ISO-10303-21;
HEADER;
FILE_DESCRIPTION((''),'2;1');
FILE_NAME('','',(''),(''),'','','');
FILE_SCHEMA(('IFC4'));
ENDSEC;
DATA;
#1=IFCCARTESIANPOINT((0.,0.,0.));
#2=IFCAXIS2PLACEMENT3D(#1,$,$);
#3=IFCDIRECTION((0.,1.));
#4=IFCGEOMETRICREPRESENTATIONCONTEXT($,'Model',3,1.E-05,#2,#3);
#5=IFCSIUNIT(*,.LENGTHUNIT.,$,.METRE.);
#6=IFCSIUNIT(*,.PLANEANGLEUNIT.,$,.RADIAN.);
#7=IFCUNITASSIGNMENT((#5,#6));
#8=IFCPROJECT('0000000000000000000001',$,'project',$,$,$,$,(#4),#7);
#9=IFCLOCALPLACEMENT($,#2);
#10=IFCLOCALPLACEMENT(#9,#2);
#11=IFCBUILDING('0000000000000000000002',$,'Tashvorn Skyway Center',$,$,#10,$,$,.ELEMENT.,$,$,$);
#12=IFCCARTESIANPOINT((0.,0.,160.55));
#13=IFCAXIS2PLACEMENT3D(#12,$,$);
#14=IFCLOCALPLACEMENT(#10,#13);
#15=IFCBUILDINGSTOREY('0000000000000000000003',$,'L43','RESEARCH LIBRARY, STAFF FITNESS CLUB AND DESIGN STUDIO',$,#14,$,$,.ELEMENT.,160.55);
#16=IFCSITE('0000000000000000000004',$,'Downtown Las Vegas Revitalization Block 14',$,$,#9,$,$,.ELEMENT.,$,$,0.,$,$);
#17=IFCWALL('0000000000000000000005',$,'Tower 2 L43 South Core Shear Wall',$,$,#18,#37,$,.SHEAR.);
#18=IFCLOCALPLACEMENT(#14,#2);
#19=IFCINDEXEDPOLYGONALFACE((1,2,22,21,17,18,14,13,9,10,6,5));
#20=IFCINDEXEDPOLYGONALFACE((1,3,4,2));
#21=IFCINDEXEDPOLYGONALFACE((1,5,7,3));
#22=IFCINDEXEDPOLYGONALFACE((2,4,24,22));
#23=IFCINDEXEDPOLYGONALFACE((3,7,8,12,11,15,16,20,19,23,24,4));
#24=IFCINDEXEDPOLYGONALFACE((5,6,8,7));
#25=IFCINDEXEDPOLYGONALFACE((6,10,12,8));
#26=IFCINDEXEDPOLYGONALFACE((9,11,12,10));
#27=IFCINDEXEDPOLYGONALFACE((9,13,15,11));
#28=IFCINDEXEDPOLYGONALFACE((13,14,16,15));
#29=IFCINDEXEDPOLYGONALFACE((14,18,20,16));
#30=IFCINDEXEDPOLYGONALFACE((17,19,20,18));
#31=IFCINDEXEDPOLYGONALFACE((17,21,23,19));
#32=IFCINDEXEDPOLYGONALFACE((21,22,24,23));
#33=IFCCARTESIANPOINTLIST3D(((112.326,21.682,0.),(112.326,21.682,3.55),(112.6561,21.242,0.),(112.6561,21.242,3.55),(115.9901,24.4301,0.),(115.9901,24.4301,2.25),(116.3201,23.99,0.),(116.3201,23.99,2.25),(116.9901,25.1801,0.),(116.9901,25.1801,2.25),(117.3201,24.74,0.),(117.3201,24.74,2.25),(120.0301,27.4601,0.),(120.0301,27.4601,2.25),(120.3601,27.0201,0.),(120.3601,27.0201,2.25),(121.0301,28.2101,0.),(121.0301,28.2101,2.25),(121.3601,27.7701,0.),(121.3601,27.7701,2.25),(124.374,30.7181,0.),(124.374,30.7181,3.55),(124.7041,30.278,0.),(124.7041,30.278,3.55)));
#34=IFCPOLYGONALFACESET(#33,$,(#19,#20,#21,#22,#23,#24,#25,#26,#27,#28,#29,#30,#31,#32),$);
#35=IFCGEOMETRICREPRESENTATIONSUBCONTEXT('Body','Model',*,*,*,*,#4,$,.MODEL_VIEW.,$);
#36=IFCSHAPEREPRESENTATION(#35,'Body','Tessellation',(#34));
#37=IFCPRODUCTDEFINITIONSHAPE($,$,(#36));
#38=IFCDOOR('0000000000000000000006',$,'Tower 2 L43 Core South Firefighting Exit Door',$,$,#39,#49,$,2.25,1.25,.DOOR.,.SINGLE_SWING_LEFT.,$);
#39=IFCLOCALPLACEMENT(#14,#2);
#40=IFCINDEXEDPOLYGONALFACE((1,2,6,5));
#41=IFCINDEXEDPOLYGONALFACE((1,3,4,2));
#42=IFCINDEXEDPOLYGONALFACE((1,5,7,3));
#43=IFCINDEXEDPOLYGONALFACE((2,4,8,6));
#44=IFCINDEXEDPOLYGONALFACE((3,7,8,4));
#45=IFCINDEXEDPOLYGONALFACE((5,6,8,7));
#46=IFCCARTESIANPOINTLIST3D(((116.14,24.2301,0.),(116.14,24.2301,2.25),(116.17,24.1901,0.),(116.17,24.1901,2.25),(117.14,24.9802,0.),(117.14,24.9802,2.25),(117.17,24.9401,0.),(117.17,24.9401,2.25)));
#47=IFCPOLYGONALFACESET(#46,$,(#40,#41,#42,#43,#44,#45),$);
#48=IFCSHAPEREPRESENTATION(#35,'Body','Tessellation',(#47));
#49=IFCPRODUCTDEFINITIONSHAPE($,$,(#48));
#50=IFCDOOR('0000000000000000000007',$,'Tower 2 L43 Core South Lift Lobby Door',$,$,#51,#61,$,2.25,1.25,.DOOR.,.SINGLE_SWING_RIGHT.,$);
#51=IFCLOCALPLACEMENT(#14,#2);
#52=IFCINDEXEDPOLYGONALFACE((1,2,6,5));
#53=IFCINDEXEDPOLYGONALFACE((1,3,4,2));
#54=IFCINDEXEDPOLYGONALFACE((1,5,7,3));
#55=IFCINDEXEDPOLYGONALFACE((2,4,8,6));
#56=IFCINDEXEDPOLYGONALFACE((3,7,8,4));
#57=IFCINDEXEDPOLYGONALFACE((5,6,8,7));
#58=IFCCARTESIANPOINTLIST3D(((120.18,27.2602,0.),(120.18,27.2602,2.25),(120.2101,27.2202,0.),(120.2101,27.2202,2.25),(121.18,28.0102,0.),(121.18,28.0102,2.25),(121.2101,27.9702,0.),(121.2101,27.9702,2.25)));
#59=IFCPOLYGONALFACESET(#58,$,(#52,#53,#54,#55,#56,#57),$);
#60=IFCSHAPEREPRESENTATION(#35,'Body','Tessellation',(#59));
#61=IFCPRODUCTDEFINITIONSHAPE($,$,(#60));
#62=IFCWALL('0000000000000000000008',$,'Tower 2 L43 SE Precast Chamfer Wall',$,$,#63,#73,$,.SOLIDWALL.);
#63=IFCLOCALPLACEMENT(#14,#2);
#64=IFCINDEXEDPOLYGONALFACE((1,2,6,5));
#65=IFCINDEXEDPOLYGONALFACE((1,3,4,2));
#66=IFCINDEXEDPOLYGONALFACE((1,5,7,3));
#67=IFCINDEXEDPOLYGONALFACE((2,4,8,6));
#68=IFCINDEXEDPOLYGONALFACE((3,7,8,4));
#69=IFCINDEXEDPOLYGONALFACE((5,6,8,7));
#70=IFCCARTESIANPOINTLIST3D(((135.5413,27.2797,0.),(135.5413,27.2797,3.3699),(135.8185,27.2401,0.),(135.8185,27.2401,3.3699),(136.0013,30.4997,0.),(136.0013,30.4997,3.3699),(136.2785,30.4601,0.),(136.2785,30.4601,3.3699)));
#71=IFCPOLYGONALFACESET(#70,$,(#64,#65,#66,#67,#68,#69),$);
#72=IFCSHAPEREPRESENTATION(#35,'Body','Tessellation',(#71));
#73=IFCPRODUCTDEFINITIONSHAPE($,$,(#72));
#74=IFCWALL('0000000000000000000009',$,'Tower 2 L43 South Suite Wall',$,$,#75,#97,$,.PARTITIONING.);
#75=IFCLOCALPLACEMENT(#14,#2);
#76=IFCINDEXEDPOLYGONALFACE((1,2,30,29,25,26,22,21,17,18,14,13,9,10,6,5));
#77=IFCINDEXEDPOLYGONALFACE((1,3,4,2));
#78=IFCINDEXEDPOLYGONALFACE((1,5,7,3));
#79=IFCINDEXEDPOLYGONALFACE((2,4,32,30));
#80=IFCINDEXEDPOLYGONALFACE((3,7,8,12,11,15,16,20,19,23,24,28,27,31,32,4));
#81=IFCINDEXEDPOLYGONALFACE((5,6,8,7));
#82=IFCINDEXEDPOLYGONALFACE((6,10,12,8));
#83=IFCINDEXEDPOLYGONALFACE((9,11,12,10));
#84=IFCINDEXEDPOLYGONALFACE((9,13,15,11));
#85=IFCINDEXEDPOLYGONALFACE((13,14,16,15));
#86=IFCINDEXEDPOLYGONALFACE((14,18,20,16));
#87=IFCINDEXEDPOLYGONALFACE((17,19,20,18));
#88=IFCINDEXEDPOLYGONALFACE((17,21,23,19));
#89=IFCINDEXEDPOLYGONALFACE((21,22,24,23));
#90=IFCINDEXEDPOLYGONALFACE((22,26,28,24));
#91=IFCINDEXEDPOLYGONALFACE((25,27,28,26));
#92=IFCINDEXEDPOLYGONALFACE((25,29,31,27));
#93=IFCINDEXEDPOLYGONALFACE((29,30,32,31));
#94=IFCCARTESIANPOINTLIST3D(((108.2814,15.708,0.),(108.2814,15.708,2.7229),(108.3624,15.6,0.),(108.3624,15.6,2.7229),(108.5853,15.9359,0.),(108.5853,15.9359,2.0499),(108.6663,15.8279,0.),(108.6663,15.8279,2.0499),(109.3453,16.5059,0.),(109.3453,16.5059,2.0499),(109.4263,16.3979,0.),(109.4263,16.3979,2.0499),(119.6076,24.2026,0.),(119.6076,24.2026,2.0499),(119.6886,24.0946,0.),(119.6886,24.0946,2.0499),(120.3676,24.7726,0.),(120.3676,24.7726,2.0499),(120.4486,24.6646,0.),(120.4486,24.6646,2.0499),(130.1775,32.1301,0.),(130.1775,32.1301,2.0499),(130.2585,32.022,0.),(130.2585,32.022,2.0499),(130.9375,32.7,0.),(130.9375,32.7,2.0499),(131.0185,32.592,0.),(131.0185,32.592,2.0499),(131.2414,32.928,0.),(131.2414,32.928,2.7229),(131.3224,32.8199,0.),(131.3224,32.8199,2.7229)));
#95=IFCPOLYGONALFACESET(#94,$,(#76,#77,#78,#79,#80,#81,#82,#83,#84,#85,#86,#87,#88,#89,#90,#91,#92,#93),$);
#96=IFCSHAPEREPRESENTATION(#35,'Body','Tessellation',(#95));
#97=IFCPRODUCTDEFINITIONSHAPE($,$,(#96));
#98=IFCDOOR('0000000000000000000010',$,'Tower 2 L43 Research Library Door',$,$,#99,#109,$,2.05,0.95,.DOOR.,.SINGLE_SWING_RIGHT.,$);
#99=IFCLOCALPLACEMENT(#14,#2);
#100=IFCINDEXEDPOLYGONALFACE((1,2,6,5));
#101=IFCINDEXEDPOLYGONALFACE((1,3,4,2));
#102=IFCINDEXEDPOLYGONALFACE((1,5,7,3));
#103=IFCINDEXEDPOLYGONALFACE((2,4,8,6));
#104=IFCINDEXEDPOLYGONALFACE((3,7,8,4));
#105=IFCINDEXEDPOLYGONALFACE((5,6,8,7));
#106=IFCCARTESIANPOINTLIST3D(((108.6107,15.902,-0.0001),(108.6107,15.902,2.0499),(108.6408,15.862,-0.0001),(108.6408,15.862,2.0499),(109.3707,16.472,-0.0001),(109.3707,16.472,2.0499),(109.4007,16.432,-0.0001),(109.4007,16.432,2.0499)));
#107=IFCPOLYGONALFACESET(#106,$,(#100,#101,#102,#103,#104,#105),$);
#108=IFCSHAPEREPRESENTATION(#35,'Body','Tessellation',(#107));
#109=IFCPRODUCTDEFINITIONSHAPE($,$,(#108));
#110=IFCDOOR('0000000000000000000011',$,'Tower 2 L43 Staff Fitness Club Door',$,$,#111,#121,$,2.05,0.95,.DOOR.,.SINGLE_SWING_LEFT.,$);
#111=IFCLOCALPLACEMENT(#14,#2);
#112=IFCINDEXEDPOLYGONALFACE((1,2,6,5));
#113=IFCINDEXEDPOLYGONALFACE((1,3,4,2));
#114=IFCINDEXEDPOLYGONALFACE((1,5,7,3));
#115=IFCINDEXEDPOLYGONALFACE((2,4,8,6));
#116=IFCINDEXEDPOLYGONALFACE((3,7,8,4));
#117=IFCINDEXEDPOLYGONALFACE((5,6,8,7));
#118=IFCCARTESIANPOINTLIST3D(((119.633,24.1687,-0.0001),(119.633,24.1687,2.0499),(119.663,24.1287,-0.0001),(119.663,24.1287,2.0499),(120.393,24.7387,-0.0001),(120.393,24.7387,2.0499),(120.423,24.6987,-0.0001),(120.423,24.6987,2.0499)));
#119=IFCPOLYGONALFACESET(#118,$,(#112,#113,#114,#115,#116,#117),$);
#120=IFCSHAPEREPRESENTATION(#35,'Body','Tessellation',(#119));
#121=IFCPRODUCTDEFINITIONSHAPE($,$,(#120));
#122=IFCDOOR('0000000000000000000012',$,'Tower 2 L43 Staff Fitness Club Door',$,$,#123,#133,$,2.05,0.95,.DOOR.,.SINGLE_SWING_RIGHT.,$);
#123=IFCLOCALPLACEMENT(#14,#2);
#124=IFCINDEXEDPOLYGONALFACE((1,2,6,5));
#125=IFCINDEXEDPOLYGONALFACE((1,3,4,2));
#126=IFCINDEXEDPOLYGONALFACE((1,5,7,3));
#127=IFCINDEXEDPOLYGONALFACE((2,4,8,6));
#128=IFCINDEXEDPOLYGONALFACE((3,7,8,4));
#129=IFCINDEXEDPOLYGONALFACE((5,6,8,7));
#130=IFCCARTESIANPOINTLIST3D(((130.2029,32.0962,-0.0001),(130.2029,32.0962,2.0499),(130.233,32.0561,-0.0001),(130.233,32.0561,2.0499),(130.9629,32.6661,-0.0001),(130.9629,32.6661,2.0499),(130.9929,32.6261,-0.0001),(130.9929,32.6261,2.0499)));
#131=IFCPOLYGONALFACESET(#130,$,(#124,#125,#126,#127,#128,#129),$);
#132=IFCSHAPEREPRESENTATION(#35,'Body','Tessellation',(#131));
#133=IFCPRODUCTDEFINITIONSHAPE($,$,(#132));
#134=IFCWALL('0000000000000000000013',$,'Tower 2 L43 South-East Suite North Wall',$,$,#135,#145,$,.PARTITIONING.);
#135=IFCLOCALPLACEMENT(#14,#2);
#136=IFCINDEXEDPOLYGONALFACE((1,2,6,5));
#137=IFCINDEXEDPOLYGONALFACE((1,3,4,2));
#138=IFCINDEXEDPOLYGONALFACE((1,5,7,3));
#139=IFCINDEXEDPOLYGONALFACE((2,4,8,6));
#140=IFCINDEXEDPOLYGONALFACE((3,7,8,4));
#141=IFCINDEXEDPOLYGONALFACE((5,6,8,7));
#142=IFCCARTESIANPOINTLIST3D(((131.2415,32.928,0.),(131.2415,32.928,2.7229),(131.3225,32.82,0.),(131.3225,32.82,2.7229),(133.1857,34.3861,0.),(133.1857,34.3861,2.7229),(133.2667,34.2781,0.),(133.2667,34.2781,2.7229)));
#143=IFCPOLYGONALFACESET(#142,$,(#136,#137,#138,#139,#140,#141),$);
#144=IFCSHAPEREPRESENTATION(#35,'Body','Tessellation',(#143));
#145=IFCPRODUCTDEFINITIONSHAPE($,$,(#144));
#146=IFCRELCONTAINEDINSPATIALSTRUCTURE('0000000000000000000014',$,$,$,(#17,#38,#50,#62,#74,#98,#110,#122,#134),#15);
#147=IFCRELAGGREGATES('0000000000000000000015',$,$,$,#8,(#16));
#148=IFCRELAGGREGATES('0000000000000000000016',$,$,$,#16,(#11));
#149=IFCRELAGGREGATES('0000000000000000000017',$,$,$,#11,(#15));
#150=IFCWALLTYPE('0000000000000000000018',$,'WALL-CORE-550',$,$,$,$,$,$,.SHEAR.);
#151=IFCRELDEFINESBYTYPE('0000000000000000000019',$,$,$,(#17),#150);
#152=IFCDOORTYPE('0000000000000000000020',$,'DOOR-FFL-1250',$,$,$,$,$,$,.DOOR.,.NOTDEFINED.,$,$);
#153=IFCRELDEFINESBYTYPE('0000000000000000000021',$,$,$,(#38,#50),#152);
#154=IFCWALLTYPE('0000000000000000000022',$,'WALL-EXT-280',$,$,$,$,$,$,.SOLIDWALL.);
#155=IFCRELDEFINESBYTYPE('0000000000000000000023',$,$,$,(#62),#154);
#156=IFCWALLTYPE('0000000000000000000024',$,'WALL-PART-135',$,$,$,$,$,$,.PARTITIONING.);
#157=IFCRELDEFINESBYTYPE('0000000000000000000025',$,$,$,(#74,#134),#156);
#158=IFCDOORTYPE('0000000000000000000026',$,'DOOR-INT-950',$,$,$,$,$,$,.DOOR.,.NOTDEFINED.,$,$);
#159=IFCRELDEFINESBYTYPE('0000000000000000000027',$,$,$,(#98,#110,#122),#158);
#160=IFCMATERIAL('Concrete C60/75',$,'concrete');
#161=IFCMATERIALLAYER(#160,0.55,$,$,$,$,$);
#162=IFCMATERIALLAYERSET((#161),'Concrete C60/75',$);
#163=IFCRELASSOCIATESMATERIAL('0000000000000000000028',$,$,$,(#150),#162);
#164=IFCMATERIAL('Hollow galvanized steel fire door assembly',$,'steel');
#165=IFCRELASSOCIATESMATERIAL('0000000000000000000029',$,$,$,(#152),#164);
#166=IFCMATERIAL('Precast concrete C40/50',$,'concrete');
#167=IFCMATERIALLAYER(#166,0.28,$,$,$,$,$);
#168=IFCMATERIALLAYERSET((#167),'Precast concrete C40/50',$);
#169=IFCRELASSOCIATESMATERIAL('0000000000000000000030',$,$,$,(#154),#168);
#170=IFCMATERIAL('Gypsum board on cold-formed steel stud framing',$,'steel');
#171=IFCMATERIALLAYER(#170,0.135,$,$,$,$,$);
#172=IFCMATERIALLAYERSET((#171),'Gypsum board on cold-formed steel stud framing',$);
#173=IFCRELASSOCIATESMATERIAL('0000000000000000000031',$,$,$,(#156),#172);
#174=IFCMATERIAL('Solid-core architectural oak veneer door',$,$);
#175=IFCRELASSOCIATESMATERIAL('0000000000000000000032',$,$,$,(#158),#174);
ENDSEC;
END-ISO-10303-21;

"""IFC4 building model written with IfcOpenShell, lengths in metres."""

from ifc_helpers import new_model, si_unit, direction, frame, frame_2d, origin, place, context, subcontext, project, spatial, rectangle, extrude, material, layer, layer_set, type_object, element, fill, save


model = new_model("IFC4")

# Units and contexts
model_context = context("Model", 3, precision=1e-05, world=origin(), true_north=direction((0.0, 1.0)))
body_context = subcontext(model_context, "Body", "Model", "MODEL_VIEW")
ifc_project = project(units=[si_unit("LENGTHUNIT", "METRE"), si_unit("PLANEANGLEUNIT", "RADIAN")], contexts=[model_context])

# Site, building, storey
site_placement = place(None, origin())
site = spatial("IfcSite", under=ifc_project, at=site_placement, Name="Downtown Las Vegas Revitalization Block 14", CompositionType="ELEMENT", RefElevation=0.0)
building_placement = place(site_placement, origin())
building = spatial("IfcBuilding", under=site, at=building_placement, Name="Tashvorn Skyway Center", CompositionType="ELEMENT")
storey_placement = place(building_placement, frame((0.0, 0.0, 160.55)))
storey = spatial("IfcBuildingStorey", under=building, at=storey_placement, Name="L43", Description="RESEARCH LIBRARY, STAFF FITNESS CLUB AND DESIGN STUDIO", CompositionType="ELEMENT", Elevation=160.55)

# Wall, openings, doors
ifc_material_1 = material(Name="Concrete C60/75", Category="concrete")
ifc_layer_1 = layer(ifc_material_1, 0.55)
ifc_layer_set_1 = layer_set([ifc_layer_1], Name="Concrete C60/75")
wall_type_1 = type_object("IfcWallType", Name="WALL-CORE-550", PredefinedType="SHEAR", material=ifc_layer_set_1)
wall_1_placement = place(storey_placement, frame((124.5391, 30.498, 0.0), z_axis=(0.0, 0.0, 1.0), x_axis=(-0.799998, -0.600003, 0.0)))
wall_1 = element("IfcWall", 1, at=wall_1_placement, inside=storey, type_object=wall_type_1, Name="Tower 2 L43 South Core Shear Wall", PredefinedType="SHEAR", context=body_context, shape_type="SweptSolid", body=[
    extrude(rectangle(XDim=15.0601, YDim=0.55, at=frame_2d((7.53, 0.0))), origin(), (0.0, 0.0, 1.0), 3.55),
])
opening_1_placement = place(wall_1_placement, frame((9.23, 0.0, 0.0)))
opening_1 = element("IfcOpeningElement", 2, at=opening_1_placement, cuts=wall_1, PredefinedType="OPENING", context=body_context, shape_type="SweptSolid", body=[
    extrude(rectangle(XDim=1.25, YDim=2.25, at=frame_2d((0.625, 1.125))), frame((0.0, 0.2849, 0.0), z_axis=(0.0, -1.0, 0.0), x_axis=(1.0, 0.0, 0.0)), (0.0, 0.0, 1.0), 0.5701),
])
opening_2_placement = place(wall_1_placement, frame((4.1799, 0.0, 0.0)))
opening_2 = element("IfcOpeningElement", 3, at=opening_2_placement, cuts=wall_1, PredefinedType="OPENING", context=body_context, shape_type="SweptSolid", body=[
    extrude(rectangle(XDim=1.25, YDim=2.25, at=frame_2d((0.625, 1.125))), frame((0.0, 0.2849, 0.0), z_axis=(0.0, -1.0, 0.0), x_axis=(1.0, 0.0, 0.0)), (0.0, 0.0, 1.0), 0.5701),
])
ifc_material_2 = material(Name="Hollow galvanized steel fire door assembly", Category="steel")
door_type_1 = type_object("IfcDoorType", Name="DOOR-FFL-1250", OperationType="NOTDEFINED", PredefinedType="DOOR", material=ifc_material_2)
door_1_placement = place(opening_1_placement, origin())
door_1 = element("IfcDoor", 4, at=door_1_placement, inside=storey, type_object=door_type_1, Name="Tower 2 L43 Core South Firefighting Exit Door", OperationType="SINGLE_SWING_LEFT", OverallHeight=2.25, OverallWidth=1.25, PredefinedType="DOOR", context=body_context, shape_type="SweptSolid", body=[
    extrude(rectangle(XDim=1.25, YDim=2.25, at=frame_2d((0.625, 1.125))), frame((0.0, 0.0249, 0.0), z_axis=(0.0, -1.0, 0.0), x_axis=(1.0, 0.0, 0.0)), (0.0, 0.0, 1.0), 0.05),
])
fill(opening_1, door_1)
door_2_placement = place(opening_2_placement, origin())
door_2 = element("IfcDoor", 5, at=door_2_placement, inside=storey, type_object=door_type_1, Name="Tower 2 L43 Core South Lift Lobby Door", OperationType="SINGLE_SWING_RIGHT", OverallHeight=2.25, OverallWidth=1.25, PredefinedType="DOOR", context=body_context, shape_type="SweptSolid", body=[
    extrude(rectangle(XDim=1.25, YDim=2.25, at=frame_2d((0.625, 1.125))), frame((0.0, 0.0249, 0.0), z_axis=(0.0, -1.0, 0.0), x_axis=(1.0, 0.0, 0.0)), (0.0, 0.0, 1.0), 0.05),
])
fill(opening_2, door_2)

# Wall
ifc_material_3 = material(Name="Precast concrete C40/50", Category="concrete")
ifc_layer_2 = layer(ifc_material_3, 0.28)
ifc_layer_set_2 = layer_set([ifc_layer_2], Name="Precast concrete C40/50")
wall_type_2 = type_object("IfcWallType", Name="WALL-EXT-280", PredefinedType="SOLIDWALL", material=ifc_layer_set_2)
wall_2_placement = place(storey_placement, frame((136.1399, 30.48, 0.0), z_axis=(0.0, 0.0, 1.0), x_axis=(-0.141411, -0.989951, 0.0)))
element("IfcWall", 6, at=wall_2_placement, inside=storey, type_object=wall_type_2, Name="Tower 2 L43 SE Precast Chamfer Wall", PredefinedType="SOLIDWALL", context=body_context, shape_type="SweptSolid", body=[
    extrude(rectangle(XDim=3.2527, YDim=0.28, at=frame_2d((1.6265, 0.0))), origin(), (0.0, 0.0, 1.0), 3.3699),
])

# Wall, openings, doors
ifc_material_4 = material(Name="Gypsum board on cold-formed steel stud framing", Category="steel")
ifc_layer_3 = layer(ifc_material_4, 0.135)
ifc_layer_set_3 = layer_set([ifc_layer_3], Name="Gypsum board on cold-formed steel stud framing")
wall_type_3 = type_object("IfcWallType", Name="WALL-PART-135", PredefinedType="PARTITIONING", material=ifc_layer_set_3)
wall_3_placement = place(storey_placement, frame((131.282, 32.874, 0.0), z_axis=(0.0, 0.0, 1.0), x_axis=(-0.8, -0.6, 0.0)))
wall_3 = element("IfcWall", 7, at=wall_3_placement, inside=storey, type_object=wall_type_3, Name="Tower 2 L43 South Suite Wall", PredefinedType="PARTITIONING", context=body_context, shape_type="SweptSolid", body=[
    extrude(rectangle(XDim=28.7, YDim=0.135, at=frame_2d((14.3501, 0.0))), origin(), (0.0, 0.0, 1.0), 2.7229),
])
opening_3_placement = place(wall_3_placement, frame((27.3701, 0.0, 0.0)))
opening_3 = element("IfcOpeningElement", 8, at=opening_3_placement, cuts=wall_3, PredefinedType="OPENING", context=body_context, shape_type="SweptSolid", body=[
    extrude(rectangle(XDim=0.95, YDim=2.05, at=frame_2d((0.4751, 1.0249))), frame((0.0, 0.0774, 0.0), z_axis=(0.0, -1.0, 0.0), x_axis=(1.0, 0.0, 0.0)), (0.0, 0.0, 1.0), 0.155),
])
opening_4_placement = place(wall_3_placement, frame((13.5923, 0.0, 0.0)))
opening_4 = element("IfcOpeningElement", 9, at=opening_4_placement, cuts=wall_3, PredefinedType="OPENING", context=body_context, shape_type="SweptSolid", body=[
    extrude(rectangle(XDim=0.95, YDim=2.05, at=frame_2d((0.4751, 1.0249))), frame((0.0, 0.0774, 0.0), z_axis=(0.0, -1.0, 0.0), x_axis=(1.0, 0.0, 0.0)), (0.0, 0.0, 1.0), 0.155),
])
opening_5_placement = place(wall_3_placement, frame((0.3799, 0.0, 0.0)))
opening_5 = element("IfcOpeningElement", 10, at=opening_5_placement, cuts=wall_3, PredefinedType="OPENING", context=body_context, shape_type="SweptSolid", body=[
    extrude(rectangle(XDim=0.95, YDim=2.05, at=frame_2d((0.4751, 1.0249))), frame((0.0, 0.0774, 0.0), z_axis=(0.0, -1.0, 0.0), x_axis=(1.0, 0.0, 0.0)), (0.0, 0.0, 1.0), 0.155),
])
ifc_material_5 = material(Name="Solid-core architectural oak veneer door")
door_type_2 = type_object("IfcDoorType", Name="DOOR-INT-950", OperationType="NOTDEFINED", PredefinedType="DOOR", material=ifc_material_5)
door_3_placement = place(opening_3_placement, origin())
door_3 = element("IfcDoor", 11, at=door_3_placement, inside=storey, type_object=door_type_2, Name="Tower 2 L43 Research Library Door", OperationType="SINGLE_SWING_RIGHT", OverallHeight=2.05, OverallWidth=0.95, PredefinedType="DOOR", context=body_context, shape_type="SweptSolid", body=[
    extrude(rectangle(XDim=0.95, YDim=2.05, at=frame_2d((0.4751, 1.0249))), frame((0.0, 0.0249, 0.0), z_axis=(0.0, -1.0, 0.0), x_axis=(1.0, 0.0, 0.0)), (0.0, 0.0, 1.0), 0.05),
])
fill(opening_3, door_3)
door_4_placement = place(opening_4_placement, origin())
door_4 = element("IfcDoor", 12, at=door_4_placement, inside=storey, type_object=door_type_2, Name="Tower 2 L43 Staff Fitness Club Door", OperationType="SINGLE_SWING_LEFT", OverallHeight=2.05, OverallWidth=0.95, PredefinedType="DOOR", context=body_context, shape_type="SweptSolid", body=[
    extrude(rectangle(XDim=0.95, YDim=2.05, at=frame_2d((0.4751, 1.0249))), frame((0.0, 0.0249, 0.0), z_axis=(0.0, -1.0, 0.0), x_axis=(1.0, 0.0, 0.0)), (0.0, 0.0, 1.0), 0.05),
])
fill(opening_4, door_4)
door_5_placement = place(opening_5_placement, origin())
door_5 = element("IfcDoor", 13, at=door_5_placement, inside=storey, type_object=door_type_2, Name="Tower 2 L43 Staff Fitness Club Door", OperationType="SINGLE_SWING_RIGHT", OverallHeight=2.05, OverallWidth=0.95, PredefinedType="DOOR", context=body_context, shape_type="SweptSolid", body=[
    extrude(rectangle(XDim=0.95, YDim=2.05, at=frame_2d((0.4751, 1.0249))), frame((0.0, 0.0249, 0.0), z_axis=(0.0, -1.0, 0.0), x_axis=(1.0, 0.0, 0.0)), (0.0, 0.0, 1.0), 0.05),
])
fill(opening_5, door_5)

# Wall
wall_4_placement = place(storey_placement, frame((131.282, 32.874, 0.0), z_axis=(0.0, 0.0, 1.0), x_axis=(0.800012, 0.599984, 0.0)))
element("IfcWall", 14, at=wall_4_placement, inside=storey, type_object=wall_type_3, Name="Tower 2 L43 South-East Suite North Wall", PredefinedType="PARTITIONING", context=body_context, shape_type="SweptSolid", body=[
    extrude(rectangle(XDim=2.4302, YDim=0.135, at=frame_2d((1.2151, 0.0))), origin(), (0.0, 0.0, 1.0), 2.7229),
])

save(model, "model.ifc")
